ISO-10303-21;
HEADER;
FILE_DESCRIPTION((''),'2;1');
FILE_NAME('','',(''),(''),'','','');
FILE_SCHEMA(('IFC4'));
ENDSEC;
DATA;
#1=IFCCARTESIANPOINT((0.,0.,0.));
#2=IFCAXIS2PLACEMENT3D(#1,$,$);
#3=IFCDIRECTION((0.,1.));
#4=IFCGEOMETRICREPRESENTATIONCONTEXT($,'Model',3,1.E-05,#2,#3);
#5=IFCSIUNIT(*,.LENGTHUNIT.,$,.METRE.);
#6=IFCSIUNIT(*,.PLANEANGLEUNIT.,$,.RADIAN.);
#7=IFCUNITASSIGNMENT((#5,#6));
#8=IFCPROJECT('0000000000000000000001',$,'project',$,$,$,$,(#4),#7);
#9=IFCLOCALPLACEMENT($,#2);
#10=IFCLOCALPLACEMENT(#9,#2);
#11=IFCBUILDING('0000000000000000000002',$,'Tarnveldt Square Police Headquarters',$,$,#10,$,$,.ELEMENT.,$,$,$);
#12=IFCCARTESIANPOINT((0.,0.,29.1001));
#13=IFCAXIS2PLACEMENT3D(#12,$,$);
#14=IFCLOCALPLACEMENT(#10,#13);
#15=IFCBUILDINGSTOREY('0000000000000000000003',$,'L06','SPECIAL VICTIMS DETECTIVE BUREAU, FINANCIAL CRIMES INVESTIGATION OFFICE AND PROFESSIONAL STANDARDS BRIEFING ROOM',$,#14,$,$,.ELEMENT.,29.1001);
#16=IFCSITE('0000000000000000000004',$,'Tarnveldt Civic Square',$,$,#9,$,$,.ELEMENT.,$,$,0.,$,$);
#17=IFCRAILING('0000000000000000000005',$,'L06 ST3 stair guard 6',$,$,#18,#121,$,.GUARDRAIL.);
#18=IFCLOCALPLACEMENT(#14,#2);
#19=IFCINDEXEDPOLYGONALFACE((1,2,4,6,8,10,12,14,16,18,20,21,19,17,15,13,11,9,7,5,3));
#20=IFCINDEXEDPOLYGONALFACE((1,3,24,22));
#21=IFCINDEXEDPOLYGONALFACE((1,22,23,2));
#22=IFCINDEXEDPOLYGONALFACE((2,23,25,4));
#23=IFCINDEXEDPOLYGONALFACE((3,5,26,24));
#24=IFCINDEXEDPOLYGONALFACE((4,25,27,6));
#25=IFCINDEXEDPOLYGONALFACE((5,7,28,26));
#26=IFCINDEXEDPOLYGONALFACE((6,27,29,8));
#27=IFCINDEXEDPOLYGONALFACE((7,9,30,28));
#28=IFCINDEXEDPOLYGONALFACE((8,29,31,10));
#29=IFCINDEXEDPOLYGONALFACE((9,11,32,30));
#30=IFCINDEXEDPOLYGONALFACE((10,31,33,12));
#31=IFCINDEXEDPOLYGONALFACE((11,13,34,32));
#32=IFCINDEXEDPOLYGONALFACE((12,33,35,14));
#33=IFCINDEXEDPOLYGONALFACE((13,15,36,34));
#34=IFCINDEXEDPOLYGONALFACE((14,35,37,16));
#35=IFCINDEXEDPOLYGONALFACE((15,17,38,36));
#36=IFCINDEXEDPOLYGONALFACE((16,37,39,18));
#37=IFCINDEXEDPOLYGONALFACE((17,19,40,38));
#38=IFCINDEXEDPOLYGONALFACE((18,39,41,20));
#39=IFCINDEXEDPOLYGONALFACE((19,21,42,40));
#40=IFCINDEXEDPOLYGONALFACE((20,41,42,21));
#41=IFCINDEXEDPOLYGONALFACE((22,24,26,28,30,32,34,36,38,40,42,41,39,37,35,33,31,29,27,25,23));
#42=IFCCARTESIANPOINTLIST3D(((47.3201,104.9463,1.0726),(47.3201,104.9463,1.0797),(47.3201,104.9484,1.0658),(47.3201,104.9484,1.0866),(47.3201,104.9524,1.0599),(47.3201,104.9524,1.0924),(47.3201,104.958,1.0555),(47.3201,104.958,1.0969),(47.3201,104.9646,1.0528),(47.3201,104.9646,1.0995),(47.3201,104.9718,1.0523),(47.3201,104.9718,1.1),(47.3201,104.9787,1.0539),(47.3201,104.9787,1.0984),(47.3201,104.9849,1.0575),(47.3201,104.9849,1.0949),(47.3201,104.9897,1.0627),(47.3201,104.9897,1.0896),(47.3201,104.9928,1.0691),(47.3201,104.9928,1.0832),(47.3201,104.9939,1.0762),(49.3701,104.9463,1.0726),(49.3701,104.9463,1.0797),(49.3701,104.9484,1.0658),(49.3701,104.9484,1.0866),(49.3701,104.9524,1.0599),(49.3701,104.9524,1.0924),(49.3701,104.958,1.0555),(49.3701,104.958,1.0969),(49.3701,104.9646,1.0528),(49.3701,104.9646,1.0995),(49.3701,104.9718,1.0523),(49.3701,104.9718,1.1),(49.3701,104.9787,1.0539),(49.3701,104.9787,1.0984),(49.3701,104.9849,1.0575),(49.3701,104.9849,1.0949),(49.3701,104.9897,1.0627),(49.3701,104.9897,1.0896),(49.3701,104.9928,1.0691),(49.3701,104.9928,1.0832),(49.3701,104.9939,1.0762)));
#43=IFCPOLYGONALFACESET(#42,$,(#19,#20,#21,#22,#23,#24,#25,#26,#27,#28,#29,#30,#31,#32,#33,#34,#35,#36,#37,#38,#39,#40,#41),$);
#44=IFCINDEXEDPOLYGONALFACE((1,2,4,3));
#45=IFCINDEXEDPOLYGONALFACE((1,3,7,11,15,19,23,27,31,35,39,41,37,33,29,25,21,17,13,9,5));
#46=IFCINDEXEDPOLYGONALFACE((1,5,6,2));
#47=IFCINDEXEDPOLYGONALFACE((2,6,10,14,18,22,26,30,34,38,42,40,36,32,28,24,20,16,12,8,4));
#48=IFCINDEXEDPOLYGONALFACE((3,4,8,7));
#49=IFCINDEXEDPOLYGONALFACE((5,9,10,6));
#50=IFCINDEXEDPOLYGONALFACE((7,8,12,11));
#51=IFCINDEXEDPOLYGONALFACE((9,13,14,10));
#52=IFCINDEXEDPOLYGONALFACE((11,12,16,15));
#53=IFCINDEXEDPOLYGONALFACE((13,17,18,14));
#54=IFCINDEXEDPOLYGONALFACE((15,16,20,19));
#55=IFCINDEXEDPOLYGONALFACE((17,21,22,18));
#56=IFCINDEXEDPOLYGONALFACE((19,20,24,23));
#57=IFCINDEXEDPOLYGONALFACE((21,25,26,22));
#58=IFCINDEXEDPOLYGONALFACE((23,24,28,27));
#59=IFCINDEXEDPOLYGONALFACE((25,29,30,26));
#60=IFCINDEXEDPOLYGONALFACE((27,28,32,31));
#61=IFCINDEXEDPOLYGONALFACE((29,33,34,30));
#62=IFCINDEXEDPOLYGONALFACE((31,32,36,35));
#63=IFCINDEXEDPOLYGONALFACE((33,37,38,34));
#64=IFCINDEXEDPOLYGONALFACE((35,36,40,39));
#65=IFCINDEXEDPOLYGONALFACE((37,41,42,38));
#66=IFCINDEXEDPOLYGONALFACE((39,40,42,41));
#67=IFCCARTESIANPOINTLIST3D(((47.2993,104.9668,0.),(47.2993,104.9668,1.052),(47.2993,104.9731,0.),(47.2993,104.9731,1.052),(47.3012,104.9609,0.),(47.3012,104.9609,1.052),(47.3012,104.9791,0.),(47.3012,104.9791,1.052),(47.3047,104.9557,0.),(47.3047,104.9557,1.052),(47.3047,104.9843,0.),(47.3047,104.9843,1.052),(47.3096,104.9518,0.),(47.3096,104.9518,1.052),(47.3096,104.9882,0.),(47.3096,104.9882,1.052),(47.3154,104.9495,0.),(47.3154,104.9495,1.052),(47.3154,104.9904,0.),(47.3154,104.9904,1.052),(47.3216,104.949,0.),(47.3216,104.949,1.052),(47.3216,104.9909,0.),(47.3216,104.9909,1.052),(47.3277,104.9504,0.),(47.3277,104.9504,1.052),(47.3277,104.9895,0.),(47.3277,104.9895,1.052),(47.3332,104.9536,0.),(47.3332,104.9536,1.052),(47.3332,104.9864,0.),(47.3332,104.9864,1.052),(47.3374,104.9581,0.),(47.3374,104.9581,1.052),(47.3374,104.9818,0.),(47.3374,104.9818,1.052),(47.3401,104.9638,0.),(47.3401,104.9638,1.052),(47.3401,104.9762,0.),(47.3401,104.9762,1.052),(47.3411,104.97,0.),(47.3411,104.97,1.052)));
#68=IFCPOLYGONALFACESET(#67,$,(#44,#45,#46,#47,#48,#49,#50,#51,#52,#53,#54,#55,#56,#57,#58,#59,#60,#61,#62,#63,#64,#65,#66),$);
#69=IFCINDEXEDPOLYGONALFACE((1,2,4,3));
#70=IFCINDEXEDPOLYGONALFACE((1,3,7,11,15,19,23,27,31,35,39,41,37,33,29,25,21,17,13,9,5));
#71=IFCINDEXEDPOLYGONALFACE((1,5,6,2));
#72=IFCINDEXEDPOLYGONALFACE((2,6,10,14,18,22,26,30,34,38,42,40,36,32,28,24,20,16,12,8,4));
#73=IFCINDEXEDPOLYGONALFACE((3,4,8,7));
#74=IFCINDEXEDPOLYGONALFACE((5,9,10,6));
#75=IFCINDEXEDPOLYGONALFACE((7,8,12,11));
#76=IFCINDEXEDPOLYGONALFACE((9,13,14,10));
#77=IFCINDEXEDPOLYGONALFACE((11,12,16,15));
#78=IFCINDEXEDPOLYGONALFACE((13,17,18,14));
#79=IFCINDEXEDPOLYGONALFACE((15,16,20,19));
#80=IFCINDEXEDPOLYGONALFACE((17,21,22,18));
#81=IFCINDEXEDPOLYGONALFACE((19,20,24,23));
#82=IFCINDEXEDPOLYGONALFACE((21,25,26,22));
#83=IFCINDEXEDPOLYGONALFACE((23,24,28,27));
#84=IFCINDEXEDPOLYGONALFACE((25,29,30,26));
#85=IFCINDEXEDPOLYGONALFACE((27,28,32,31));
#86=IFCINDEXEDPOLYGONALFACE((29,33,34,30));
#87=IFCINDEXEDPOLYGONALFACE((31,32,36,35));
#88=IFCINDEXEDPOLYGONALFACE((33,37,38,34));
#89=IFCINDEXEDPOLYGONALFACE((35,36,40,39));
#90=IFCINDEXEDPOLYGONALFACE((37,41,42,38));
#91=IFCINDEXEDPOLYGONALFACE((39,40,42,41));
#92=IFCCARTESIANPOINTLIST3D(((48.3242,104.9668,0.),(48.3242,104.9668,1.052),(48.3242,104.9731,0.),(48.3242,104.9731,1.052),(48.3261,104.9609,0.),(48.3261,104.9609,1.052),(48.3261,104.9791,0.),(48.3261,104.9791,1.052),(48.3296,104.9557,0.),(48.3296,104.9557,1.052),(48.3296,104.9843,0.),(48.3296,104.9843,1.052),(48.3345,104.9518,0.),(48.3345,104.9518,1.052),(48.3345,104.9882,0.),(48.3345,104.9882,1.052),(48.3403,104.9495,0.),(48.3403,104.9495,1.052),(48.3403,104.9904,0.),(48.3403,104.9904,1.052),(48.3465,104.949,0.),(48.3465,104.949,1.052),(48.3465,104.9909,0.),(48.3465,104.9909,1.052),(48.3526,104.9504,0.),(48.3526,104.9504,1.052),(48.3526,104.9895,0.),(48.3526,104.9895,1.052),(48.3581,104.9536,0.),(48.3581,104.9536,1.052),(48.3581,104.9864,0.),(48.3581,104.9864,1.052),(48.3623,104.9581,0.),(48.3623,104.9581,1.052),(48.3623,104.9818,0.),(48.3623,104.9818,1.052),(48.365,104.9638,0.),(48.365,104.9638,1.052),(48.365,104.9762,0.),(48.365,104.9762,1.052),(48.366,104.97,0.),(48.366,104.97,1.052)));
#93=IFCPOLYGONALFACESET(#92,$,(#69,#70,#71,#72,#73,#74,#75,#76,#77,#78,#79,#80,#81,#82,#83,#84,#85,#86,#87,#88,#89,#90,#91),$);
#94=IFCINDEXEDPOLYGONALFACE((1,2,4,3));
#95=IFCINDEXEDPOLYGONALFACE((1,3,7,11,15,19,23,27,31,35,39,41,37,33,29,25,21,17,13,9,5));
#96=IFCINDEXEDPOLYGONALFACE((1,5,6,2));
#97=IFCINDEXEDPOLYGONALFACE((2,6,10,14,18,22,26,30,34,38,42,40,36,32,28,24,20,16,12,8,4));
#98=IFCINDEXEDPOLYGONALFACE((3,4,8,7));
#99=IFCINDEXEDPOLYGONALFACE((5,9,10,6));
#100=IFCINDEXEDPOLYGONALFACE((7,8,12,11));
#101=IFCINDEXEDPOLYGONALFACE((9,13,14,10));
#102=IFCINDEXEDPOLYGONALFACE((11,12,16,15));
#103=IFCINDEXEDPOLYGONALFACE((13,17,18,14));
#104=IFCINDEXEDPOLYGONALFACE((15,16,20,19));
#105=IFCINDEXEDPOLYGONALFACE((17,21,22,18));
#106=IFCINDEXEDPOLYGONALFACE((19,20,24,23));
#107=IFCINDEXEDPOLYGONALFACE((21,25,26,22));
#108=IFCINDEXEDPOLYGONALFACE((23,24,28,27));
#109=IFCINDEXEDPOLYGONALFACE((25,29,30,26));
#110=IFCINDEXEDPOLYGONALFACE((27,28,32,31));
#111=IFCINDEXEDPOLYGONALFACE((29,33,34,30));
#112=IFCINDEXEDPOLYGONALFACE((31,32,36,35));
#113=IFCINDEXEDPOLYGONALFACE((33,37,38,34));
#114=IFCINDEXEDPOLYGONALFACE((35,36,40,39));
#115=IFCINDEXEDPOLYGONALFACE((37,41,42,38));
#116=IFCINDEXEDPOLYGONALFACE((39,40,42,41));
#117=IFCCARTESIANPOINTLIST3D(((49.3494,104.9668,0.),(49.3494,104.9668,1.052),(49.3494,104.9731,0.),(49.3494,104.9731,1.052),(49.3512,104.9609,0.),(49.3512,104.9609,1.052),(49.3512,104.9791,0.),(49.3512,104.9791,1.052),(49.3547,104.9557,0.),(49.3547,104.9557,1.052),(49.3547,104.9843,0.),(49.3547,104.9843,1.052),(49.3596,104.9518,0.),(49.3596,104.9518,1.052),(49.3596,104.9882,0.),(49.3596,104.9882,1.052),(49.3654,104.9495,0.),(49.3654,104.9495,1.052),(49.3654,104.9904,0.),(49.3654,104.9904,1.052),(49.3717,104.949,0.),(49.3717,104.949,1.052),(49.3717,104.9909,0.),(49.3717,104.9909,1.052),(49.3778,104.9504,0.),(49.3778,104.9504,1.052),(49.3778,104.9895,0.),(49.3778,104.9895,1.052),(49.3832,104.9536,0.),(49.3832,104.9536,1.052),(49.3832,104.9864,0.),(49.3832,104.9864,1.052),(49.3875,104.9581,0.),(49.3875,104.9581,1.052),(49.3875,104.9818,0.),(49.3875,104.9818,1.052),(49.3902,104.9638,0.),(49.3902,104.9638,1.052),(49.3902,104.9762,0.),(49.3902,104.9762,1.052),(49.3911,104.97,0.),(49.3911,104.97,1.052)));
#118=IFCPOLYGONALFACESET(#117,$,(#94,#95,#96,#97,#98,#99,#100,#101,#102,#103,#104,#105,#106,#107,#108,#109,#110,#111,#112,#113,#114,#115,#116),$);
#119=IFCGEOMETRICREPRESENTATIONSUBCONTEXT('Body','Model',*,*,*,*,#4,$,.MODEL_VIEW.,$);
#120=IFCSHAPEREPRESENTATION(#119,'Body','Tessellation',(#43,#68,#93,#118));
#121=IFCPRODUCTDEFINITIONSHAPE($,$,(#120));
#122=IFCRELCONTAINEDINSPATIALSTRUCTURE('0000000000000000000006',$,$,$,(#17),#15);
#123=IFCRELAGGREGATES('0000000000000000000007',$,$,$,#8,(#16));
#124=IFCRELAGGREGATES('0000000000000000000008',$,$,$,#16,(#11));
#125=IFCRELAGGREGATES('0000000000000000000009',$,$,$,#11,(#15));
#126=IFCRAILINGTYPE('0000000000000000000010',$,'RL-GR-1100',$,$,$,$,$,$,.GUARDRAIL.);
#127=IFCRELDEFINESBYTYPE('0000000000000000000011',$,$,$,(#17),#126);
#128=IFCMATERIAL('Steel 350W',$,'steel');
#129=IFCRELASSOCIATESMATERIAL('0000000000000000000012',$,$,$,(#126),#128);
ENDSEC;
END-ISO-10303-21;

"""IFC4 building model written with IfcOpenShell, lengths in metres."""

from ifc_helpers import new_model, si_unit, direction, frame, origin, origin_2d, place, context, subcontext, project, spatial, circle, extrude, material, type_object, element, save


model = new_model("IFC4")

# Units and contexts
model_context = context("Model", 3, precision=1e-05, world=origin(), true_north=direction((0.0, 1.0)))
body_context = subcontext(model_context, "Body", "Model", "MODEL_VIEW")
ifc_project = project(units=[si_unit("LENGTHUNIT", "METRE"), si_unit("PLANEANGLEUNIT", "RADIAN")], contexts=[model_context])

# Site, building, storey
site_placement = place(None, origin())
site = spatial("IfcSite", under=ifc_project, at=site_placement, Name="Tarnveldt Civic Square", CompositionType="ELEMENT", RefElevation=0.0)
building_placement = place(site_placement, origin())
building = spatial("IfcBuilding", under=site, at=building_placement, Name="Tarnveldt Square Police Headquarters", CompositionType="ELEMENT")
storey_placement = place(building_placement, frame((0.0, 0.0, 29.1001)))
storey = spatial("IfcBuildingStorey", under=building, at=storey_placement, Name="L06", Description="SPECIAL VICTIMS DETECTIVE BUREAU, FINANCIAL CRIMES INVESTIGATION OFFICE AND PROFESSIONAL STANDARDS BRIEFING ROOM", CompositionType="ELEMENT", Elevation=29.1001)

# Shared definitions
ifc_material_1 = material(Name="Steel 350W", Category="steel")

# Railing
railing_type_1 = type_object("IfcRailingType", Name="RL-GR-1100", PredefinedType="GUARDRAIL", material=ifc_material_1)
railing_1_placement = place(storey_placement, frame((47.3201, 104.97, 0.0)))
element("IfcRailing", 1, at=railing_1_placement, inside=storey, type_object=railing_type_1, Name="L06 ST3 stair guard 6", PredefinedType="GUARDRAIL", context=body_context, shape_type="SweptSolid", body=[
    extrude(circle(Radius=0.0239, at=origin_2d()), frame((0.0, 0.0, 1.0762), z_axis=(1.0, 0.0, 0.0), x_axis=(0.0, 1.0, 0.0)), (0.0, 0.0, 1.0), 2.05),
    extrude(circle(Radius=0.021, at=origin_2d()), origin(), (0.0, 0.0, 1.0), 1.052),
    extrude(circle(Radius=0.021, at=origin_2d()), frame((1.0249, 0.0, 0.0)), (0.0, 0.0, 1.0), 1.052),
    extrude(circle(Radius=0.021, at=origin_2d()), frame((2.05, 0.0, 0.0)), (0.0, 0.0, 1.0), 1.052),
])

save(model, "model.ifc")
